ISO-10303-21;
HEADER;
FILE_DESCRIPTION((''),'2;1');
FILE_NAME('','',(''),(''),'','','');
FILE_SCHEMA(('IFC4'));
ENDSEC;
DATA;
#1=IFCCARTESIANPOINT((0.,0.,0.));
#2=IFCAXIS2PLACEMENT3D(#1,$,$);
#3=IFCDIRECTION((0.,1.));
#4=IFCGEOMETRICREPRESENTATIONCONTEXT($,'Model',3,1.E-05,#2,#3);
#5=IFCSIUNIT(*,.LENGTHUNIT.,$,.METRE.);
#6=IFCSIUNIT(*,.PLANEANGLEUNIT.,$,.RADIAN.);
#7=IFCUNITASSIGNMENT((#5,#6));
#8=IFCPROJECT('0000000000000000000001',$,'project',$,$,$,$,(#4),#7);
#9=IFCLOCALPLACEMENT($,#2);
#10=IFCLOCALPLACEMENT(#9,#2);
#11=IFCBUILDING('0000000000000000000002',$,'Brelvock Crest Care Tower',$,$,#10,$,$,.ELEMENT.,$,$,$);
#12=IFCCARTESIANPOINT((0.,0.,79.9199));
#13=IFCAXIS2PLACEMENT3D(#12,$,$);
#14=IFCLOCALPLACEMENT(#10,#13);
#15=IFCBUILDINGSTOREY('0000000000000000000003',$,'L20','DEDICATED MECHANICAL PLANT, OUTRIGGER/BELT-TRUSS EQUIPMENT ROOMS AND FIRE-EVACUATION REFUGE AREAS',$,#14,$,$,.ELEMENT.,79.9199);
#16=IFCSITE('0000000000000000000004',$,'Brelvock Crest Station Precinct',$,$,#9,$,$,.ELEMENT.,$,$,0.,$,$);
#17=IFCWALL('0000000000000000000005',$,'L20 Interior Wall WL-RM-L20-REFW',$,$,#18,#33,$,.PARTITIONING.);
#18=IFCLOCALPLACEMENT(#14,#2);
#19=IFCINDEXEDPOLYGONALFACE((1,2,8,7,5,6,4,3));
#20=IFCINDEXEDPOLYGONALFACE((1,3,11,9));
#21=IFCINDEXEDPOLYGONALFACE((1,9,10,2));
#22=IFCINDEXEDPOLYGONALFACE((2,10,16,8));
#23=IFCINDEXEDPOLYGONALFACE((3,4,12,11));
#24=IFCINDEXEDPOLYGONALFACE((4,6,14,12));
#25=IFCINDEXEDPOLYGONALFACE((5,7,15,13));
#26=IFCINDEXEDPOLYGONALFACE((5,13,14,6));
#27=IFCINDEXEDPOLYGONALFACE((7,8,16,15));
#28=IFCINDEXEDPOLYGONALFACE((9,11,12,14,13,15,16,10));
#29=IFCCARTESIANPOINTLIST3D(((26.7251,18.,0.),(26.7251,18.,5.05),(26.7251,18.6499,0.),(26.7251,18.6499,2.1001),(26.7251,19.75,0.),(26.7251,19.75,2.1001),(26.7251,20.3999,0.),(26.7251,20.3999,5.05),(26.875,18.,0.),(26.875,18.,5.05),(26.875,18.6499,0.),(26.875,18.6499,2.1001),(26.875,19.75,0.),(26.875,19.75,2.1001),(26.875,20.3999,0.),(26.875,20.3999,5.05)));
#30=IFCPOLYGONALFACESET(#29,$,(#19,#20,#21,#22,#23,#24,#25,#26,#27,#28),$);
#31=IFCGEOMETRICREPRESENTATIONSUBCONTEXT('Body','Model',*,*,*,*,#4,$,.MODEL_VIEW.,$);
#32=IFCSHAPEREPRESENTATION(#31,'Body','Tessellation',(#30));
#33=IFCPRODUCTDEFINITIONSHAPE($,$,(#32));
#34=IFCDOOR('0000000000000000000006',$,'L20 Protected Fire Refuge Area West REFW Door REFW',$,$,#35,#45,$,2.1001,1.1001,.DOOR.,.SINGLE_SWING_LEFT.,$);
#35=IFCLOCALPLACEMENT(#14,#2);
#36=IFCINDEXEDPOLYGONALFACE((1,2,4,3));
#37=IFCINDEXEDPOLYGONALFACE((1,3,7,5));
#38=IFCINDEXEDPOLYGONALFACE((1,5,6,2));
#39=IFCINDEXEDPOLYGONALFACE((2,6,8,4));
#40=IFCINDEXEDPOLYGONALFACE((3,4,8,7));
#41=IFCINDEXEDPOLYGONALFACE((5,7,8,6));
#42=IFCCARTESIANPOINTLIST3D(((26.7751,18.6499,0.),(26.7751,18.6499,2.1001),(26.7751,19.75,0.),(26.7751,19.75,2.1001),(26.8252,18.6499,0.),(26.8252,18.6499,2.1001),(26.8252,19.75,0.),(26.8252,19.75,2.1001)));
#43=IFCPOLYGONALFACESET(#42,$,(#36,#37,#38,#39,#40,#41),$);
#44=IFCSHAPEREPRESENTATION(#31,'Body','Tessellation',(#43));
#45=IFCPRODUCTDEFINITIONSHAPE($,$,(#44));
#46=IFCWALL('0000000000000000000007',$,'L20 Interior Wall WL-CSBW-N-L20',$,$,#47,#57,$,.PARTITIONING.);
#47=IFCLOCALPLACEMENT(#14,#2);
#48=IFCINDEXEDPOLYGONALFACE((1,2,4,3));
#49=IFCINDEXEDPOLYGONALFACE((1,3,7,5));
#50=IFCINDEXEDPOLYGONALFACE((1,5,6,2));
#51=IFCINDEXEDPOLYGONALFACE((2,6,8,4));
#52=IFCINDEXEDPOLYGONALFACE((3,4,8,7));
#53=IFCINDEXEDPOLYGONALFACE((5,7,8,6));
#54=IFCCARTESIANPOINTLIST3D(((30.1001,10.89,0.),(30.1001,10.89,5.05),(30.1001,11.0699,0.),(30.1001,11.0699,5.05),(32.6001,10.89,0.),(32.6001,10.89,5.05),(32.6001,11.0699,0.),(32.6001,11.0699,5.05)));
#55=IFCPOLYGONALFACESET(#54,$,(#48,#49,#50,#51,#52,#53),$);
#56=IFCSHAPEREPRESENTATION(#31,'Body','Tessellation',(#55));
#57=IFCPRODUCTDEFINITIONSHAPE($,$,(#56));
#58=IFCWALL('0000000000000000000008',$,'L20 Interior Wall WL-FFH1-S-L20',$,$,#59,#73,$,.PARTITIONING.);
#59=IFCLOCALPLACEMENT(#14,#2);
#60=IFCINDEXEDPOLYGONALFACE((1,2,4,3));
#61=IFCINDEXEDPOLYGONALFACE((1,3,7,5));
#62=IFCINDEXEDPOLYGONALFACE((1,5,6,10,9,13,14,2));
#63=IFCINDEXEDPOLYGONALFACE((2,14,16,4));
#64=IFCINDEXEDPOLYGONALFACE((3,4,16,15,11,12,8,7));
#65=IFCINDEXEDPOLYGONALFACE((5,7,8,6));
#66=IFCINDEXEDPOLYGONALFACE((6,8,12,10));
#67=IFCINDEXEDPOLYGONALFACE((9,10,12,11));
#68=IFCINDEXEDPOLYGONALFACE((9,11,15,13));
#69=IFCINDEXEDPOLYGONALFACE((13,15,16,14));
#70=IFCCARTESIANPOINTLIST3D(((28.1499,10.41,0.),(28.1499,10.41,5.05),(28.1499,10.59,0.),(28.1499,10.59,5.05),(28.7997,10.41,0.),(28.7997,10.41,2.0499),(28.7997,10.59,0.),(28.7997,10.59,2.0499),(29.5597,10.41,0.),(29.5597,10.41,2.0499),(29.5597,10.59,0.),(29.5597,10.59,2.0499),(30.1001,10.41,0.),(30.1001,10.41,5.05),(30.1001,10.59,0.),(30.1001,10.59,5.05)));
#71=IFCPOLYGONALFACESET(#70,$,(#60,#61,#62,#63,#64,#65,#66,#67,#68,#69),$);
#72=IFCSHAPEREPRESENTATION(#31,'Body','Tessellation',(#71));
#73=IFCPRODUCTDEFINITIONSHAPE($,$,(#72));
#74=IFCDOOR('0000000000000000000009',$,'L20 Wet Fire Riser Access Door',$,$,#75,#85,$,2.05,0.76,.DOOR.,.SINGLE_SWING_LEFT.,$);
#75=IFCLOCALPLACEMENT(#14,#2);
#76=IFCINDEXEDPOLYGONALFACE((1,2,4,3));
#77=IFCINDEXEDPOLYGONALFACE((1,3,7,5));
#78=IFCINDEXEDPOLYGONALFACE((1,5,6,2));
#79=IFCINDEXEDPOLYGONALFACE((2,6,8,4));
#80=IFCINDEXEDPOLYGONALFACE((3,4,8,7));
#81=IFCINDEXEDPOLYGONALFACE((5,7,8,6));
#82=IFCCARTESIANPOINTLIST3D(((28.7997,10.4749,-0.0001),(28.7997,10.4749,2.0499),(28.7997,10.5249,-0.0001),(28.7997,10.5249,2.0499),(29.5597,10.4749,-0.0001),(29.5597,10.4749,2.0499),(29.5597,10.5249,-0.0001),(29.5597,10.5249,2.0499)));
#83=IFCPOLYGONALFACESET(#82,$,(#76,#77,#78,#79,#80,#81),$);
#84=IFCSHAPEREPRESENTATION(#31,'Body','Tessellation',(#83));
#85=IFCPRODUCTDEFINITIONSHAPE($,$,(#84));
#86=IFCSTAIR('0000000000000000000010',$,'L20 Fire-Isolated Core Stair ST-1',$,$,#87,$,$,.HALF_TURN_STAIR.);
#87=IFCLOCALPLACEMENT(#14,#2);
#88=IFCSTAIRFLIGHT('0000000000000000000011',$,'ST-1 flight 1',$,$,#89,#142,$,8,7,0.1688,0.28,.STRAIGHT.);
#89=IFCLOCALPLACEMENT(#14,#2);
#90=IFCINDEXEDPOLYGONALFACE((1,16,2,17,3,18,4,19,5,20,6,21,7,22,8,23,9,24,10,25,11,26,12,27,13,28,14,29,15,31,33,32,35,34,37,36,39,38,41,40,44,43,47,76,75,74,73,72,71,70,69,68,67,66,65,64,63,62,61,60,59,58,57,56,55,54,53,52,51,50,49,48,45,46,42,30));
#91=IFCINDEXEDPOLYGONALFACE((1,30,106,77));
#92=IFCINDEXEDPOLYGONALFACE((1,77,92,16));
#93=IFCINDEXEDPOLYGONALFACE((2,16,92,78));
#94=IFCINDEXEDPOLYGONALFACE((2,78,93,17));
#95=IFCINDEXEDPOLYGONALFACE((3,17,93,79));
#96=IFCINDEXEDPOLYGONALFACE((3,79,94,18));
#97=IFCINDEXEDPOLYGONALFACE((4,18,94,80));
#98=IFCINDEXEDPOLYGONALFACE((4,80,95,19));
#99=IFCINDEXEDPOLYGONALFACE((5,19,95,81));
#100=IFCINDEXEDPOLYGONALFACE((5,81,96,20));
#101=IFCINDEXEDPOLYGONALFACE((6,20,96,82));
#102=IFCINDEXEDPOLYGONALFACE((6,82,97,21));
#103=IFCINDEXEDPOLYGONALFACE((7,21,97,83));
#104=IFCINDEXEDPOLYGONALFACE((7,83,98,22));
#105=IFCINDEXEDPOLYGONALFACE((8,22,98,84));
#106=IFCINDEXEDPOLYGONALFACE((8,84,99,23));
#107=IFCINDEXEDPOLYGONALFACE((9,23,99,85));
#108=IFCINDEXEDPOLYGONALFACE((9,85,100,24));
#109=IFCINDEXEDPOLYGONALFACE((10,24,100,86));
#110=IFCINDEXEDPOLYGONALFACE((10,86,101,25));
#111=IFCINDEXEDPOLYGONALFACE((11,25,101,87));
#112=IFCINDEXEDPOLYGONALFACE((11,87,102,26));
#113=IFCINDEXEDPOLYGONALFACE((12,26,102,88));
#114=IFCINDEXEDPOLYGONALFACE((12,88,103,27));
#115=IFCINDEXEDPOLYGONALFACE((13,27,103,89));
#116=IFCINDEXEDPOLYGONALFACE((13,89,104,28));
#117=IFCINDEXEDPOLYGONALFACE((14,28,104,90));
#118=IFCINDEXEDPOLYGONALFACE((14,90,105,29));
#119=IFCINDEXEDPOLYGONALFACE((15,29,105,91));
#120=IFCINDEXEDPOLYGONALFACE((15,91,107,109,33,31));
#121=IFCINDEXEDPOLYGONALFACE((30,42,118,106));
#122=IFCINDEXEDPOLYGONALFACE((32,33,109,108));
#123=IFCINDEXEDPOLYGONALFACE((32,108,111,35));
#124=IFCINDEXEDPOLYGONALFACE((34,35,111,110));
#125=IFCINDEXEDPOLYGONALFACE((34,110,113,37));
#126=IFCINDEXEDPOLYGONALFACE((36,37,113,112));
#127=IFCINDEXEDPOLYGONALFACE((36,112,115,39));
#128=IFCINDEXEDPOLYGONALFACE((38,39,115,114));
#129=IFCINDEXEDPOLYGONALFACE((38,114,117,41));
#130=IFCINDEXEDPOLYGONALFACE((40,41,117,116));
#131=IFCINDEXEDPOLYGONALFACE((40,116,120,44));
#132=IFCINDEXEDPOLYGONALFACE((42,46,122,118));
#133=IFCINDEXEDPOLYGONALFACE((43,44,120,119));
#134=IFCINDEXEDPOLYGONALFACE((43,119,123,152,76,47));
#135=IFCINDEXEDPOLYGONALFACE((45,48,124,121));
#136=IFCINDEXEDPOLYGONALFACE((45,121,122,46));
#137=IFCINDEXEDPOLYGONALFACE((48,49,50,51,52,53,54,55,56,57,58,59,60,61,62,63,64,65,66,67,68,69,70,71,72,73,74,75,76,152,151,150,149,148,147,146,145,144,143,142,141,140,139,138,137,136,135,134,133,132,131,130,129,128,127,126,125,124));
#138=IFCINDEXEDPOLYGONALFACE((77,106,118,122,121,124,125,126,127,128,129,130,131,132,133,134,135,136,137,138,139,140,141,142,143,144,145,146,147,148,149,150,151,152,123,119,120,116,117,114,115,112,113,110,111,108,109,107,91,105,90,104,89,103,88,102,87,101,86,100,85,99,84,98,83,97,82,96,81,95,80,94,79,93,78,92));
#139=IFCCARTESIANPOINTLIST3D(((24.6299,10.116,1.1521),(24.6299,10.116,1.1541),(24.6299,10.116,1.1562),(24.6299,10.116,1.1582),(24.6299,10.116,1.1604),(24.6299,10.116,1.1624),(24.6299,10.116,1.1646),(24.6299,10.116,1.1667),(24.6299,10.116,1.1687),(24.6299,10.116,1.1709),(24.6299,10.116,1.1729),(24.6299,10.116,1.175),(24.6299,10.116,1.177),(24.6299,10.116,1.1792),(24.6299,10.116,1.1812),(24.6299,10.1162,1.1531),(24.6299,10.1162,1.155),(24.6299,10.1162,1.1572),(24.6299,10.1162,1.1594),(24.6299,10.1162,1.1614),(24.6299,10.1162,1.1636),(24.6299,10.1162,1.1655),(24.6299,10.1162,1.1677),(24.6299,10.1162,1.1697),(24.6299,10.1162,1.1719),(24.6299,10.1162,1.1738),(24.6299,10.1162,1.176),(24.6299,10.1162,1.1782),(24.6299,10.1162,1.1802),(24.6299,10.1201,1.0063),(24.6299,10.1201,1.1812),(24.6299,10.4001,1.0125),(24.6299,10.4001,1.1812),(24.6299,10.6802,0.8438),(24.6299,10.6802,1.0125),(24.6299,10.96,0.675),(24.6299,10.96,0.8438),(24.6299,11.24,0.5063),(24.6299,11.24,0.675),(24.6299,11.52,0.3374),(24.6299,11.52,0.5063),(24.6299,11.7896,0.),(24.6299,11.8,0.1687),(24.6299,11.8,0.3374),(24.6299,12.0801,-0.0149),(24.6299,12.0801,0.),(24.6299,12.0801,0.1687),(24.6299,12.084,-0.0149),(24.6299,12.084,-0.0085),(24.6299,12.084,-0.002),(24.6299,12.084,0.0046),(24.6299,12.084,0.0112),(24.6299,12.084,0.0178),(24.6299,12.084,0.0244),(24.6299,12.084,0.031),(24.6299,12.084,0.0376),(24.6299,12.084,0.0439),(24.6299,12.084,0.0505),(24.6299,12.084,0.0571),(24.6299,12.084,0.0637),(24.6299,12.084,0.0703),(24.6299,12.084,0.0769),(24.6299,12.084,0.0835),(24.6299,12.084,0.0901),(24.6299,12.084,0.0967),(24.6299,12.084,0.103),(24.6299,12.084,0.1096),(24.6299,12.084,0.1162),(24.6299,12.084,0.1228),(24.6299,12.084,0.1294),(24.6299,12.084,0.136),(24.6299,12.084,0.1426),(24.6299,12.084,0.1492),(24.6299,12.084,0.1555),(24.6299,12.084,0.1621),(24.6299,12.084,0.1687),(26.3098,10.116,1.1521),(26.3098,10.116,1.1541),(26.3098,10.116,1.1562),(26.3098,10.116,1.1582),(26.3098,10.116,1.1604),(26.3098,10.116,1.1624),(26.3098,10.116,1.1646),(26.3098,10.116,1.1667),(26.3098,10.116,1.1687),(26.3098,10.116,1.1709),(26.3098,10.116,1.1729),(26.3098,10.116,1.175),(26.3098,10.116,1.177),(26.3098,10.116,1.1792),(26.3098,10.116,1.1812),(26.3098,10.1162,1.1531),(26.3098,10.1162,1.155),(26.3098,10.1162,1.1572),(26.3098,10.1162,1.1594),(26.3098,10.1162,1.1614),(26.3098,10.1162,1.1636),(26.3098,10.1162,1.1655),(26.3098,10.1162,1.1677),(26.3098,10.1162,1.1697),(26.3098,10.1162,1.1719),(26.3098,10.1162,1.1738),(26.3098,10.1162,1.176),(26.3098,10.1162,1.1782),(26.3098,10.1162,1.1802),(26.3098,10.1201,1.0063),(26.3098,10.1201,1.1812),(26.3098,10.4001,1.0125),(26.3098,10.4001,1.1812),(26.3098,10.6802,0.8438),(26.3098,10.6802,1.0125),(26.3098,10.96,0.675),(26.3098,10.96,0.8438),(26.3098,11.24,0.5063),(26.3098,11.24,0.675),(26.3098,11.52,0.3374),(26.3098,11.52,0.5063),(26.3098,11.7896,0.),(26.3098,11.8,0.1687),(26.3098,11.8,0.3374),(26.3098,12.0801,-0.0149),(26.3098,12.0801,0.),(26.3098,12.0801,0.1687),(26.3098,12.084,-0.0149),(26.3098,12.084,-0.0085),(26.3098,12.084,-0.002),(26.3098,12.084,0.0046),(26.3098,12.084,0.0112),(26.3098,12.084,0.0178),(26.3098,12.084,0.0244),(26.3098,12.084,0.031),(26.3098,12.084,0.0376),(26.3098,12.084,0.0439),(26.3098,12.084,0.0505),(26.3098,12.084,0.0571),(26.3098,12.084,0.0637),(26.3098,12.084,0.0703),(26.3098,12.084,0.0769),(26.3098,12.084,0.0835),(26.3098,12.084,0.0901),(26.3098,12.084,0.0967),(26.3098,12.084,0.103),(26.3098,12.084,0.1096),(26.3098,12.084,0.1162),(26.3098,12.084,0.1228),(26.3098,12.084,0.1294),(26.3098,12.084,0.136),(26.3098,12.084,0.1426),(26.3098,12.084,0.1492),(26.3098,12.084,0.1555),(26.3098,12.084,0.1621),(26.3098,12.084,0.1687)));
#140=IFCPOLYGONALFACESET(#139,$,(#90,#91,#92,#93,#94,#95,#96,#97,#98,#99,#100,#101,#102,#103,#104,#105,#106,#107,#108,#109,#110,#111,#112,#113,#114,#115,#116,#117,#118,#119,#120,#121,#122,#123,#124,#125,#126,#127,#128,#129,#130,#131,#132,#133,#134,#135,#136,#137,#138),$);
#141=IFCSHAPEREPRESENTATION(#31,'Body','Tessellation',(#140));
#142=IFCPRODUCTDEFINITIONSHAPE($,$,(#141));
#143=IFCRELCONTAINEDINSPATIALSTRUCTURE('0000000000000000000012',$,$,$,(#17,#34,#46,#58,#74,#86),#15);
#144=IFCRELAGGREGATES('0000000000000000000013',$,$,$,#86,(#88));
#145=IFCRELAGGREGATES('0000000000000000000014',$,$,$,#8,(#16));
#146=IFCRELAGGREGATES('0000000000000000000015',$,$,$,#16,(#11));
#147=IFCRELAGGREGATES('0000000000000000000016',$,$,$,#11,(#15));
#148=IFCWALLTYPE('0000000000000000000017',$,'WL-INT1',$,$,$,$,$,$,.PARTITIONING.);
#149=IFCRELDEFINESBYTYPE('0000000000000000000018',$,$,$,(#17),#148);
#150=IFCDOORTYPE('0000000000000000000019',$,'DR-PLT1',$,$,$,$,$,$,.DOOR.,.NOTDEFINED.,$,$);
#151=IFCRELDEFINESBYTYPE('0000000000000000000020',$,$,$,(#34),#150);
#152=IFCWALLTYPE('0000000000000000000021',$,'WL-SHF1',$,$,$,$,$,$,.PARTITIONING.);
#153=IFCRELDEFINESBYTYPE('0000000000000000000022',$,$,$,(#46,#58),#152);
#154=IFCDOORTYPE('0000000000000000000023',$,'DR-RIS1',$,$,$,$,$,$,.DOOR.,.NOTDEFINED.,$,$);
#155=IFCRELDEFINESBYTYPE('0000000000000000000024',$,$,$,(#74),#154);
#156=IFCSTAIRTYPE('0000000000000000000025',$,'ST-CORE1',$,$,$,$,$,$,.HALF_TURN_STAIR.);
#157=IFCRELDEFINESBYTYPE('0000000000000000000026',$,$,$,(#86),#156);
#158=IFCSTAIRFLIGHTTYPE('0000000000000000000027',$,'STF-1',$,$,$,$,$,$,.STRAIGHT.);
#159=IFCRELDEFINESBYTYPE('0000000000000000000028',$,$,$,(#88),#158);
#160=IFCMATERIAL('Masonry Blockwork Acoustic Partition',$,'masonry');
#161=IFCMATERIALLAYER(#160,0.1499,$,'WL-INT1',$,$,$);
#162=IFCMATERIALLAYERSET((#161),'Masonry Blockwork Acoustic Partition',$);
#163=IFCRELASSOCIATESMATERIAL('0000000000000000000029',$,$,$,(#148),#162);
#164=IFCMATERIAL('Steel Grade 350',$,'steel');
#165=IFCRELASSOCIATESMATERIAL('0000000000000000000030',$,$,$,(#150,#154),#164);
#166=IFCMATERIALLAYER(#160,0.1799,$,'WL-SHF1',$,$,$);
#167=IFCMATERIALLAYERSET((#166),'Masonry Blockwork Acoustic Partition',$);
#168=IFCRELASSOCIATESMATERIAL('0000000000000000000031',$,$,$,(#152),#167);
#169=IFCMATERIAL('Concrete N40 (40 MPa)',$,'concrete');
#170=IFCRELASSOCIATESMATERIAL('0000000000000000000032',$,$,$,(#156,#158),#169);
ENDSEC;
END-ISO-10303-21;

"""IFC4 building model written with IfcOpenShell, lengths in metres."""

from ifc_helpers import new_model, si_unit, direction, frame, frame_2d, origin, origin_2d, place, context, subcontext, project, spatial, polyline, rectangle, outline, extrude, source, transform, mapped, material, layer, layer_set, type_object, element, fill, aggregate, save


model = new_model("IFC4")

# Units and contexts
model_context = context("Model", 3, precision=1e-05, world=origin(), true_north=direction((0.0, 1.0)))
body_context = subcontext(model_context, "Body", "Model", "MODEL_VIEW")
ifc_project = project(units=[si_unit("LENGTHUNIT", "METRE"), si_unit("PLANEANGLEUNIT", "RADIAN")], contexts=[model_context])

# Site, building, storey
site_placement = place(None, origin())
site = spatial("IfcSite", under=ifc_project, at=site_placement, Name="Brelvock Crest Station Precinct", CompositionType="ELEMENT", RefElevation=0.0)
building_placement = place(site_placement, origin())
building = spatial("IfcBuilding", under=site, at=building_placement, Name="Brelvock Crest Care Tower", CompositionType="ELEMENT")
storey_placement = place(building_placement, frame((0.0, 0.0, 79.9199)))
storey = spatial("IfcBuildingStorey", under=building, at=storey_placement, Name="L20", Description="DEDICATED MECHANICAL PLANT, OUTRIGGER/BELT-TRUSS EQUIPMENT ROOMS AND FIRE-EVACUATION REFUGE AREAS", CompositionType="ELEMENT", Elevation=79.9199)

# Shared definitions
ifc_material_1 = material(Name="Steel Grade 350", Category="steel")

# Wall, opening, door
ifc_material_2 = material(Name="Masonry Blockwork Acoustic Partition", Category="masonry")
ifc_layer_1 = layer(ifc_material_2, 0.1499, Name="WL-INT1")
ifc_layer_set_1 = layer_set([ifc_layer_1], Name="Masonry Blockwork Acoustic Partition")
wall_type_1 = type_object("IfcWallType", Name="WL-INT1", PredefinedType="PARTITIONING", material=ifc_layer_set_1)
wall_1_placement = place(storey_placement, frame((26.8, 18.0, 0.0), z_axis=(0.0, 0.0, 1.0), x_axis=(0.0, 1.0, 0.0)))
wall_1 = element("IfcWall", 1, at=wall_1_placement, inside=storey, type_object=wall_type_1, Name="L20 Interior Wall WL-RM-L20-REFW", PredefinedType="PARTITIONING", context=body_context, shape_type="SweptSolid", body=[
    extrude(rectangle(XDim=2.3999, YDim=0.1499, at=frame_2d((1.2, 0.0))), origin(), (0.0, 0.0, 1.0), 5.05),
])
opening_1_placement = place(wall_1_placement, frame((0.6499, 0.0, 0.0)))
opening_1 = element("IfcOpeningElement", 2, at=opening_1_placement, cuts=wall_1, PredefinedType="OPENING", context=body_context, shape_type="SweptSolid", body=[
    extrude(rectangle(XDim=1.1001, YDim=2.1001, at=origin_2d()), frame((0.55, 0.085, 1.05), z_axis=(0.0, -1.0, 0.0), x_axis=(1.0, 0.0, 0.0)), (0.0, 0.0, 1.0), 0.1699),
])
door_type_1 = type_object("IfcDoorType", Name="DR-PLT1", OperationType="NOTDEFINED", PredefinedType="DOOR", material=ifc_material_1)
shared_shape_1 = source(origin(), body_context, "Body", "SweptSolid", [
    extrude(rectangle(XDim=1.1001, YDim=2.1001, at=origin_2d()), frame((0.55, 0.0249, 1.05), z_axis=(0.0, -1.0, 0.0), x_axis=(1.0, 0.0, 0.0)), (0.0, 0.0, 1.0), 0.05),
])
door_1_placement = place(opening_1_placement, origin())
door_1 = element("IfcDoor", 3, at=door_1_placement, inside=storey, type_object=door_type_1, Name="L20 Protected Fire Refuge Area West REFW Door REFW", OperationType="SINGLE_SWING_LEFT", OverallHeight=2.1001, OverallWidth=1.1001, PredefinedType="DOOR", context=body_context, shape_type="MappedRepresentation", body=[
    mapped(shared_shape_1, transform((0.0, 0.0, 0.0), x_axis=(1.0, 0.0, 0.0), y_axis=(0.0, 1.0, 0.0), z_axis=(0.0, 0.0, 1.0), scale=1.0)),
])
fill(opening_1, door_1)

# Wall
ifc_layer_2 = layer(ifc_material_2, 0.1799, Name="WL-SHF1")
ifc_layer_set_2 = layer_set([ifc_layer_2], Name="Masonry Blockwork Acoustic Partition")
wall_type_2 = type_object("IfcWallType", Name="WL-SHF1", PredefinedType="PARTITIONING", material=ifc_layer_set_2)
wall_2_placement = place(storey_placement, frame((30.1001, 10.98, 0.0), z_axis=(0.0, 0.0, 1.0), x_axis=(1.0, 0.0, 0.0)))
element("IfcWall", 4, at=wall_2_placement, inside=storey, type_object=wall_type_2, Name="L20 Interior Wall WL-CSBW-N-L20", PredefinedType="PARTITIONING", context=body_context, shape_type="SweptSolid", body=[
    extrude(rectangle(XDim=2.5, YDim=0.1799, at=frame_2d((1.25, 0.0))), origin(), (0.0, 0.0, 1.0), 5.05),
])

# Wall, opening, door
wall_3_placement = place(storey_placement, frame((28.1499, 10.5, 0.0), z_axis=(0.0, 0.0, 1.0), x_axis=(1.0, 0.0, 0.0)))
wall_3 = element("IfcWall", 5, at=wall_3_placement, inside=storey, type_object=wall_type_2, Name="L20 Interior Wall WL-FFH1-S-L20", PredefinedType="PARTITIONING", context=body_context, shape_type="SweptSolid", body=[
    extrude(rectangle(XDim=1.9502, YDim=0.1799, at=frame_2d((0.9751, 0.0))), origin(), (0.0, 0.0, 1.0), 5.05),
])
opening_2_placement = place(wall_3_placement, frame((0.6499, 0.0, 0.0)))
opening_2 = element("IfcOpeningElement", 6, at=opening_2_placement, cuts=wall_3, PredefinedType="OPENING", context=body_context, shape_type="SweptSolid", body=[
    extrude(rectangle(XDim=0.76, YDim=2.05, at=origin_2d()), frame((0.3799, 0.1001, 1.0249), z_axis=(0.0, -1.0, 0.0), x_axis=(1.0, 0.0, 0.0)), (0.0, 0.0, 1.0), 0.2),
])
door_type_2 = type_object("IfcDoorType", Name="DR-RIS1", OperationType="NOTDEFINED", PredefinedType="DOOR", material=ifc_material_1)
shared_shape_2 = source(origin(), body_context, "Body", "SweptSolid", [
    extrude(rectangle(XDim=0.76, YDim=2.05, at=origin_2d()), frame((0.3799, 0.0249, 1.0249), z_axis=(0.0, -1.0, 0.0), x_axis=(1.0, 0.0, 0.0)), (0.0, 0.0, 1.0), 0.05),
])
door_2_placement = place(opening_2_placement, origin())
door_2 = element("IfcDoor", 7, at=door_2_placement, inside=storey, type_object=door_type_2, Name="L20 Wet Fire Riser Access Door", OperationType="SINGLE_SWING_LEFT", OverallHeight=2.05, OverallWidth=0.76, PredefinedType="DOOR", context=body_context, shape_type="MappedRepresentation", body=[
    mapped(shared_shape_2, transform((0.0, 0.0, 0.0), x_axis=(1.0, 0.0, 0.0), y_axis=(0.0, 1.0, 0.0), z_axis=(0.0, 0.0, 1.0), scale=1.0)),
])
fill(opening_2, door_2)

# Stair, stair flight
ifc_material_3 = material(Name="Concrete N40 (40 MPa)", Category="concrete")
stair_type = type_object("IfcStairType", Name="ST-CORE1", PredefinedType="HALF_TURN_STAIR", material=ifc_material_3)
stair_placement = place(storey_placement, origin())
stair = element("IfcStair", 8, at=stair_placement, inside=storey, type_object=stair_type, Name="L20 Fire-Isolated Core Stair ST-1", PredefinedType="HALF_TURN_STAIR")
stair_flight_type = type_object("IfcStairFlightType", Name="STF-1", PredefinedType="STRAIGHT", material=ifc_material_3)
stair_flight_1_placement = place(storey_placement, frame((25.47, 12.0801, 0.0), z_axis=(0.0, 0.0, 1.0), x_axis=(0.0, -1.0, 0.0)))
stair_flight_1 = element("IfcStairFlight", 9, at=stair_flight_1_placement, type_object=stair_flight_type, Name="ST-1 flight 1", NumberOfRisers=8, NumberOfTreads=7, PredefinedType="STRAIGHT", RiserHeight=0.1688, TreadLength=0.28, context=body_context, shape_type="SweptSolid", body=[
    extrude(outline(polyline([(-0.0039, -0.0149), (-0.0039, -0.0085), (-0.0039, -0.002), (-0.0039, 0.0046), (-0.0039, 0.0112), (-0.0039, 0.0178), (-0.0039, 0.0244), (-0.0039, 0.031), (-0.0039, 0.0376), (-0.0039, 0.0439), (-0.0039, 0.0505), (-0.0039, 0.0571), (-0.0039, 0.0637), (-0.0039, 0.0703), (-0.0039, 0.0769), (-0.0039, 0.0835), (-0.0039, 0.0901), (-0.0039, 0.0967), (-0.0039, 0.103), (-0.0039, 0.1096), (-0.0039, 0.1162), (-0.0039, 0.1228), (-0.0039, 0.1294), (-0.0039, 0.136), (-0.0039, 0.1426), (-0.0039, 0.1492), (-0.0039, 0.1555), (-0.0039, 0.1621), (-0.0039, 0.1687), (0.0, 0.1687), (0.28, 0.1687), (0.28, 0.3374), (0.5601, 0.3374), (0.5601, 0.5063), (0.8401, 0.5063), (0.8401, 0.675), (1.1201, 0.675), (1.1201, 0.8438), (1.3999, 0.8438), (1.3999, 1.0125), (1.6799, 1.0125), (1.6799, 1.1812), (1.96, 1.1812), (1.9641, 1.1812), (1.9639, 1.1802), (1.9641, 1.1792), (1.9639, 1.1782), (1.9641, 1.177), (1.9639, 1.176), (1.9641, 1.175), (1.9639, 1.1738), (1.9641, 1.1729), (1.9639, 1.1719), (1.9641, 1.1709), (1.9639, 1.1697), (1.9641, 1.1687), (1.9639, 1.1677), (1.9641, 1.1667), (1.9639, 1.1655), (1.9641, 1.1646), (1.9639, 1.1636), (1.9641, 1.1624), (1.9639, 1.1614), (1.9641, 1.1604), (1.9639, 1.1594), (1.9641, 1.1582), (1.9639, 1.1572), (1.9641, 1.1562), (1.9639, 1.155), (1.9641, 1.1541), (1.9639, 1.1531), (1.9641, 1.1521), (1.96, 1.0063), (0.2905, 0.0), (0.0, 0.0), (0.0, -0.0149), (-0.0039, -0.0149)])), frame((0.0, 0.8398, 0.0), z_axis=(0.0, -1.0, 0.0), x_axis=(1.0, 0.0, 0.0)), (0.0, 0.0, 1.0), 1.6799),
])
aggregate(stair, [stair_flight_1])

save(model, "model.ifc")
